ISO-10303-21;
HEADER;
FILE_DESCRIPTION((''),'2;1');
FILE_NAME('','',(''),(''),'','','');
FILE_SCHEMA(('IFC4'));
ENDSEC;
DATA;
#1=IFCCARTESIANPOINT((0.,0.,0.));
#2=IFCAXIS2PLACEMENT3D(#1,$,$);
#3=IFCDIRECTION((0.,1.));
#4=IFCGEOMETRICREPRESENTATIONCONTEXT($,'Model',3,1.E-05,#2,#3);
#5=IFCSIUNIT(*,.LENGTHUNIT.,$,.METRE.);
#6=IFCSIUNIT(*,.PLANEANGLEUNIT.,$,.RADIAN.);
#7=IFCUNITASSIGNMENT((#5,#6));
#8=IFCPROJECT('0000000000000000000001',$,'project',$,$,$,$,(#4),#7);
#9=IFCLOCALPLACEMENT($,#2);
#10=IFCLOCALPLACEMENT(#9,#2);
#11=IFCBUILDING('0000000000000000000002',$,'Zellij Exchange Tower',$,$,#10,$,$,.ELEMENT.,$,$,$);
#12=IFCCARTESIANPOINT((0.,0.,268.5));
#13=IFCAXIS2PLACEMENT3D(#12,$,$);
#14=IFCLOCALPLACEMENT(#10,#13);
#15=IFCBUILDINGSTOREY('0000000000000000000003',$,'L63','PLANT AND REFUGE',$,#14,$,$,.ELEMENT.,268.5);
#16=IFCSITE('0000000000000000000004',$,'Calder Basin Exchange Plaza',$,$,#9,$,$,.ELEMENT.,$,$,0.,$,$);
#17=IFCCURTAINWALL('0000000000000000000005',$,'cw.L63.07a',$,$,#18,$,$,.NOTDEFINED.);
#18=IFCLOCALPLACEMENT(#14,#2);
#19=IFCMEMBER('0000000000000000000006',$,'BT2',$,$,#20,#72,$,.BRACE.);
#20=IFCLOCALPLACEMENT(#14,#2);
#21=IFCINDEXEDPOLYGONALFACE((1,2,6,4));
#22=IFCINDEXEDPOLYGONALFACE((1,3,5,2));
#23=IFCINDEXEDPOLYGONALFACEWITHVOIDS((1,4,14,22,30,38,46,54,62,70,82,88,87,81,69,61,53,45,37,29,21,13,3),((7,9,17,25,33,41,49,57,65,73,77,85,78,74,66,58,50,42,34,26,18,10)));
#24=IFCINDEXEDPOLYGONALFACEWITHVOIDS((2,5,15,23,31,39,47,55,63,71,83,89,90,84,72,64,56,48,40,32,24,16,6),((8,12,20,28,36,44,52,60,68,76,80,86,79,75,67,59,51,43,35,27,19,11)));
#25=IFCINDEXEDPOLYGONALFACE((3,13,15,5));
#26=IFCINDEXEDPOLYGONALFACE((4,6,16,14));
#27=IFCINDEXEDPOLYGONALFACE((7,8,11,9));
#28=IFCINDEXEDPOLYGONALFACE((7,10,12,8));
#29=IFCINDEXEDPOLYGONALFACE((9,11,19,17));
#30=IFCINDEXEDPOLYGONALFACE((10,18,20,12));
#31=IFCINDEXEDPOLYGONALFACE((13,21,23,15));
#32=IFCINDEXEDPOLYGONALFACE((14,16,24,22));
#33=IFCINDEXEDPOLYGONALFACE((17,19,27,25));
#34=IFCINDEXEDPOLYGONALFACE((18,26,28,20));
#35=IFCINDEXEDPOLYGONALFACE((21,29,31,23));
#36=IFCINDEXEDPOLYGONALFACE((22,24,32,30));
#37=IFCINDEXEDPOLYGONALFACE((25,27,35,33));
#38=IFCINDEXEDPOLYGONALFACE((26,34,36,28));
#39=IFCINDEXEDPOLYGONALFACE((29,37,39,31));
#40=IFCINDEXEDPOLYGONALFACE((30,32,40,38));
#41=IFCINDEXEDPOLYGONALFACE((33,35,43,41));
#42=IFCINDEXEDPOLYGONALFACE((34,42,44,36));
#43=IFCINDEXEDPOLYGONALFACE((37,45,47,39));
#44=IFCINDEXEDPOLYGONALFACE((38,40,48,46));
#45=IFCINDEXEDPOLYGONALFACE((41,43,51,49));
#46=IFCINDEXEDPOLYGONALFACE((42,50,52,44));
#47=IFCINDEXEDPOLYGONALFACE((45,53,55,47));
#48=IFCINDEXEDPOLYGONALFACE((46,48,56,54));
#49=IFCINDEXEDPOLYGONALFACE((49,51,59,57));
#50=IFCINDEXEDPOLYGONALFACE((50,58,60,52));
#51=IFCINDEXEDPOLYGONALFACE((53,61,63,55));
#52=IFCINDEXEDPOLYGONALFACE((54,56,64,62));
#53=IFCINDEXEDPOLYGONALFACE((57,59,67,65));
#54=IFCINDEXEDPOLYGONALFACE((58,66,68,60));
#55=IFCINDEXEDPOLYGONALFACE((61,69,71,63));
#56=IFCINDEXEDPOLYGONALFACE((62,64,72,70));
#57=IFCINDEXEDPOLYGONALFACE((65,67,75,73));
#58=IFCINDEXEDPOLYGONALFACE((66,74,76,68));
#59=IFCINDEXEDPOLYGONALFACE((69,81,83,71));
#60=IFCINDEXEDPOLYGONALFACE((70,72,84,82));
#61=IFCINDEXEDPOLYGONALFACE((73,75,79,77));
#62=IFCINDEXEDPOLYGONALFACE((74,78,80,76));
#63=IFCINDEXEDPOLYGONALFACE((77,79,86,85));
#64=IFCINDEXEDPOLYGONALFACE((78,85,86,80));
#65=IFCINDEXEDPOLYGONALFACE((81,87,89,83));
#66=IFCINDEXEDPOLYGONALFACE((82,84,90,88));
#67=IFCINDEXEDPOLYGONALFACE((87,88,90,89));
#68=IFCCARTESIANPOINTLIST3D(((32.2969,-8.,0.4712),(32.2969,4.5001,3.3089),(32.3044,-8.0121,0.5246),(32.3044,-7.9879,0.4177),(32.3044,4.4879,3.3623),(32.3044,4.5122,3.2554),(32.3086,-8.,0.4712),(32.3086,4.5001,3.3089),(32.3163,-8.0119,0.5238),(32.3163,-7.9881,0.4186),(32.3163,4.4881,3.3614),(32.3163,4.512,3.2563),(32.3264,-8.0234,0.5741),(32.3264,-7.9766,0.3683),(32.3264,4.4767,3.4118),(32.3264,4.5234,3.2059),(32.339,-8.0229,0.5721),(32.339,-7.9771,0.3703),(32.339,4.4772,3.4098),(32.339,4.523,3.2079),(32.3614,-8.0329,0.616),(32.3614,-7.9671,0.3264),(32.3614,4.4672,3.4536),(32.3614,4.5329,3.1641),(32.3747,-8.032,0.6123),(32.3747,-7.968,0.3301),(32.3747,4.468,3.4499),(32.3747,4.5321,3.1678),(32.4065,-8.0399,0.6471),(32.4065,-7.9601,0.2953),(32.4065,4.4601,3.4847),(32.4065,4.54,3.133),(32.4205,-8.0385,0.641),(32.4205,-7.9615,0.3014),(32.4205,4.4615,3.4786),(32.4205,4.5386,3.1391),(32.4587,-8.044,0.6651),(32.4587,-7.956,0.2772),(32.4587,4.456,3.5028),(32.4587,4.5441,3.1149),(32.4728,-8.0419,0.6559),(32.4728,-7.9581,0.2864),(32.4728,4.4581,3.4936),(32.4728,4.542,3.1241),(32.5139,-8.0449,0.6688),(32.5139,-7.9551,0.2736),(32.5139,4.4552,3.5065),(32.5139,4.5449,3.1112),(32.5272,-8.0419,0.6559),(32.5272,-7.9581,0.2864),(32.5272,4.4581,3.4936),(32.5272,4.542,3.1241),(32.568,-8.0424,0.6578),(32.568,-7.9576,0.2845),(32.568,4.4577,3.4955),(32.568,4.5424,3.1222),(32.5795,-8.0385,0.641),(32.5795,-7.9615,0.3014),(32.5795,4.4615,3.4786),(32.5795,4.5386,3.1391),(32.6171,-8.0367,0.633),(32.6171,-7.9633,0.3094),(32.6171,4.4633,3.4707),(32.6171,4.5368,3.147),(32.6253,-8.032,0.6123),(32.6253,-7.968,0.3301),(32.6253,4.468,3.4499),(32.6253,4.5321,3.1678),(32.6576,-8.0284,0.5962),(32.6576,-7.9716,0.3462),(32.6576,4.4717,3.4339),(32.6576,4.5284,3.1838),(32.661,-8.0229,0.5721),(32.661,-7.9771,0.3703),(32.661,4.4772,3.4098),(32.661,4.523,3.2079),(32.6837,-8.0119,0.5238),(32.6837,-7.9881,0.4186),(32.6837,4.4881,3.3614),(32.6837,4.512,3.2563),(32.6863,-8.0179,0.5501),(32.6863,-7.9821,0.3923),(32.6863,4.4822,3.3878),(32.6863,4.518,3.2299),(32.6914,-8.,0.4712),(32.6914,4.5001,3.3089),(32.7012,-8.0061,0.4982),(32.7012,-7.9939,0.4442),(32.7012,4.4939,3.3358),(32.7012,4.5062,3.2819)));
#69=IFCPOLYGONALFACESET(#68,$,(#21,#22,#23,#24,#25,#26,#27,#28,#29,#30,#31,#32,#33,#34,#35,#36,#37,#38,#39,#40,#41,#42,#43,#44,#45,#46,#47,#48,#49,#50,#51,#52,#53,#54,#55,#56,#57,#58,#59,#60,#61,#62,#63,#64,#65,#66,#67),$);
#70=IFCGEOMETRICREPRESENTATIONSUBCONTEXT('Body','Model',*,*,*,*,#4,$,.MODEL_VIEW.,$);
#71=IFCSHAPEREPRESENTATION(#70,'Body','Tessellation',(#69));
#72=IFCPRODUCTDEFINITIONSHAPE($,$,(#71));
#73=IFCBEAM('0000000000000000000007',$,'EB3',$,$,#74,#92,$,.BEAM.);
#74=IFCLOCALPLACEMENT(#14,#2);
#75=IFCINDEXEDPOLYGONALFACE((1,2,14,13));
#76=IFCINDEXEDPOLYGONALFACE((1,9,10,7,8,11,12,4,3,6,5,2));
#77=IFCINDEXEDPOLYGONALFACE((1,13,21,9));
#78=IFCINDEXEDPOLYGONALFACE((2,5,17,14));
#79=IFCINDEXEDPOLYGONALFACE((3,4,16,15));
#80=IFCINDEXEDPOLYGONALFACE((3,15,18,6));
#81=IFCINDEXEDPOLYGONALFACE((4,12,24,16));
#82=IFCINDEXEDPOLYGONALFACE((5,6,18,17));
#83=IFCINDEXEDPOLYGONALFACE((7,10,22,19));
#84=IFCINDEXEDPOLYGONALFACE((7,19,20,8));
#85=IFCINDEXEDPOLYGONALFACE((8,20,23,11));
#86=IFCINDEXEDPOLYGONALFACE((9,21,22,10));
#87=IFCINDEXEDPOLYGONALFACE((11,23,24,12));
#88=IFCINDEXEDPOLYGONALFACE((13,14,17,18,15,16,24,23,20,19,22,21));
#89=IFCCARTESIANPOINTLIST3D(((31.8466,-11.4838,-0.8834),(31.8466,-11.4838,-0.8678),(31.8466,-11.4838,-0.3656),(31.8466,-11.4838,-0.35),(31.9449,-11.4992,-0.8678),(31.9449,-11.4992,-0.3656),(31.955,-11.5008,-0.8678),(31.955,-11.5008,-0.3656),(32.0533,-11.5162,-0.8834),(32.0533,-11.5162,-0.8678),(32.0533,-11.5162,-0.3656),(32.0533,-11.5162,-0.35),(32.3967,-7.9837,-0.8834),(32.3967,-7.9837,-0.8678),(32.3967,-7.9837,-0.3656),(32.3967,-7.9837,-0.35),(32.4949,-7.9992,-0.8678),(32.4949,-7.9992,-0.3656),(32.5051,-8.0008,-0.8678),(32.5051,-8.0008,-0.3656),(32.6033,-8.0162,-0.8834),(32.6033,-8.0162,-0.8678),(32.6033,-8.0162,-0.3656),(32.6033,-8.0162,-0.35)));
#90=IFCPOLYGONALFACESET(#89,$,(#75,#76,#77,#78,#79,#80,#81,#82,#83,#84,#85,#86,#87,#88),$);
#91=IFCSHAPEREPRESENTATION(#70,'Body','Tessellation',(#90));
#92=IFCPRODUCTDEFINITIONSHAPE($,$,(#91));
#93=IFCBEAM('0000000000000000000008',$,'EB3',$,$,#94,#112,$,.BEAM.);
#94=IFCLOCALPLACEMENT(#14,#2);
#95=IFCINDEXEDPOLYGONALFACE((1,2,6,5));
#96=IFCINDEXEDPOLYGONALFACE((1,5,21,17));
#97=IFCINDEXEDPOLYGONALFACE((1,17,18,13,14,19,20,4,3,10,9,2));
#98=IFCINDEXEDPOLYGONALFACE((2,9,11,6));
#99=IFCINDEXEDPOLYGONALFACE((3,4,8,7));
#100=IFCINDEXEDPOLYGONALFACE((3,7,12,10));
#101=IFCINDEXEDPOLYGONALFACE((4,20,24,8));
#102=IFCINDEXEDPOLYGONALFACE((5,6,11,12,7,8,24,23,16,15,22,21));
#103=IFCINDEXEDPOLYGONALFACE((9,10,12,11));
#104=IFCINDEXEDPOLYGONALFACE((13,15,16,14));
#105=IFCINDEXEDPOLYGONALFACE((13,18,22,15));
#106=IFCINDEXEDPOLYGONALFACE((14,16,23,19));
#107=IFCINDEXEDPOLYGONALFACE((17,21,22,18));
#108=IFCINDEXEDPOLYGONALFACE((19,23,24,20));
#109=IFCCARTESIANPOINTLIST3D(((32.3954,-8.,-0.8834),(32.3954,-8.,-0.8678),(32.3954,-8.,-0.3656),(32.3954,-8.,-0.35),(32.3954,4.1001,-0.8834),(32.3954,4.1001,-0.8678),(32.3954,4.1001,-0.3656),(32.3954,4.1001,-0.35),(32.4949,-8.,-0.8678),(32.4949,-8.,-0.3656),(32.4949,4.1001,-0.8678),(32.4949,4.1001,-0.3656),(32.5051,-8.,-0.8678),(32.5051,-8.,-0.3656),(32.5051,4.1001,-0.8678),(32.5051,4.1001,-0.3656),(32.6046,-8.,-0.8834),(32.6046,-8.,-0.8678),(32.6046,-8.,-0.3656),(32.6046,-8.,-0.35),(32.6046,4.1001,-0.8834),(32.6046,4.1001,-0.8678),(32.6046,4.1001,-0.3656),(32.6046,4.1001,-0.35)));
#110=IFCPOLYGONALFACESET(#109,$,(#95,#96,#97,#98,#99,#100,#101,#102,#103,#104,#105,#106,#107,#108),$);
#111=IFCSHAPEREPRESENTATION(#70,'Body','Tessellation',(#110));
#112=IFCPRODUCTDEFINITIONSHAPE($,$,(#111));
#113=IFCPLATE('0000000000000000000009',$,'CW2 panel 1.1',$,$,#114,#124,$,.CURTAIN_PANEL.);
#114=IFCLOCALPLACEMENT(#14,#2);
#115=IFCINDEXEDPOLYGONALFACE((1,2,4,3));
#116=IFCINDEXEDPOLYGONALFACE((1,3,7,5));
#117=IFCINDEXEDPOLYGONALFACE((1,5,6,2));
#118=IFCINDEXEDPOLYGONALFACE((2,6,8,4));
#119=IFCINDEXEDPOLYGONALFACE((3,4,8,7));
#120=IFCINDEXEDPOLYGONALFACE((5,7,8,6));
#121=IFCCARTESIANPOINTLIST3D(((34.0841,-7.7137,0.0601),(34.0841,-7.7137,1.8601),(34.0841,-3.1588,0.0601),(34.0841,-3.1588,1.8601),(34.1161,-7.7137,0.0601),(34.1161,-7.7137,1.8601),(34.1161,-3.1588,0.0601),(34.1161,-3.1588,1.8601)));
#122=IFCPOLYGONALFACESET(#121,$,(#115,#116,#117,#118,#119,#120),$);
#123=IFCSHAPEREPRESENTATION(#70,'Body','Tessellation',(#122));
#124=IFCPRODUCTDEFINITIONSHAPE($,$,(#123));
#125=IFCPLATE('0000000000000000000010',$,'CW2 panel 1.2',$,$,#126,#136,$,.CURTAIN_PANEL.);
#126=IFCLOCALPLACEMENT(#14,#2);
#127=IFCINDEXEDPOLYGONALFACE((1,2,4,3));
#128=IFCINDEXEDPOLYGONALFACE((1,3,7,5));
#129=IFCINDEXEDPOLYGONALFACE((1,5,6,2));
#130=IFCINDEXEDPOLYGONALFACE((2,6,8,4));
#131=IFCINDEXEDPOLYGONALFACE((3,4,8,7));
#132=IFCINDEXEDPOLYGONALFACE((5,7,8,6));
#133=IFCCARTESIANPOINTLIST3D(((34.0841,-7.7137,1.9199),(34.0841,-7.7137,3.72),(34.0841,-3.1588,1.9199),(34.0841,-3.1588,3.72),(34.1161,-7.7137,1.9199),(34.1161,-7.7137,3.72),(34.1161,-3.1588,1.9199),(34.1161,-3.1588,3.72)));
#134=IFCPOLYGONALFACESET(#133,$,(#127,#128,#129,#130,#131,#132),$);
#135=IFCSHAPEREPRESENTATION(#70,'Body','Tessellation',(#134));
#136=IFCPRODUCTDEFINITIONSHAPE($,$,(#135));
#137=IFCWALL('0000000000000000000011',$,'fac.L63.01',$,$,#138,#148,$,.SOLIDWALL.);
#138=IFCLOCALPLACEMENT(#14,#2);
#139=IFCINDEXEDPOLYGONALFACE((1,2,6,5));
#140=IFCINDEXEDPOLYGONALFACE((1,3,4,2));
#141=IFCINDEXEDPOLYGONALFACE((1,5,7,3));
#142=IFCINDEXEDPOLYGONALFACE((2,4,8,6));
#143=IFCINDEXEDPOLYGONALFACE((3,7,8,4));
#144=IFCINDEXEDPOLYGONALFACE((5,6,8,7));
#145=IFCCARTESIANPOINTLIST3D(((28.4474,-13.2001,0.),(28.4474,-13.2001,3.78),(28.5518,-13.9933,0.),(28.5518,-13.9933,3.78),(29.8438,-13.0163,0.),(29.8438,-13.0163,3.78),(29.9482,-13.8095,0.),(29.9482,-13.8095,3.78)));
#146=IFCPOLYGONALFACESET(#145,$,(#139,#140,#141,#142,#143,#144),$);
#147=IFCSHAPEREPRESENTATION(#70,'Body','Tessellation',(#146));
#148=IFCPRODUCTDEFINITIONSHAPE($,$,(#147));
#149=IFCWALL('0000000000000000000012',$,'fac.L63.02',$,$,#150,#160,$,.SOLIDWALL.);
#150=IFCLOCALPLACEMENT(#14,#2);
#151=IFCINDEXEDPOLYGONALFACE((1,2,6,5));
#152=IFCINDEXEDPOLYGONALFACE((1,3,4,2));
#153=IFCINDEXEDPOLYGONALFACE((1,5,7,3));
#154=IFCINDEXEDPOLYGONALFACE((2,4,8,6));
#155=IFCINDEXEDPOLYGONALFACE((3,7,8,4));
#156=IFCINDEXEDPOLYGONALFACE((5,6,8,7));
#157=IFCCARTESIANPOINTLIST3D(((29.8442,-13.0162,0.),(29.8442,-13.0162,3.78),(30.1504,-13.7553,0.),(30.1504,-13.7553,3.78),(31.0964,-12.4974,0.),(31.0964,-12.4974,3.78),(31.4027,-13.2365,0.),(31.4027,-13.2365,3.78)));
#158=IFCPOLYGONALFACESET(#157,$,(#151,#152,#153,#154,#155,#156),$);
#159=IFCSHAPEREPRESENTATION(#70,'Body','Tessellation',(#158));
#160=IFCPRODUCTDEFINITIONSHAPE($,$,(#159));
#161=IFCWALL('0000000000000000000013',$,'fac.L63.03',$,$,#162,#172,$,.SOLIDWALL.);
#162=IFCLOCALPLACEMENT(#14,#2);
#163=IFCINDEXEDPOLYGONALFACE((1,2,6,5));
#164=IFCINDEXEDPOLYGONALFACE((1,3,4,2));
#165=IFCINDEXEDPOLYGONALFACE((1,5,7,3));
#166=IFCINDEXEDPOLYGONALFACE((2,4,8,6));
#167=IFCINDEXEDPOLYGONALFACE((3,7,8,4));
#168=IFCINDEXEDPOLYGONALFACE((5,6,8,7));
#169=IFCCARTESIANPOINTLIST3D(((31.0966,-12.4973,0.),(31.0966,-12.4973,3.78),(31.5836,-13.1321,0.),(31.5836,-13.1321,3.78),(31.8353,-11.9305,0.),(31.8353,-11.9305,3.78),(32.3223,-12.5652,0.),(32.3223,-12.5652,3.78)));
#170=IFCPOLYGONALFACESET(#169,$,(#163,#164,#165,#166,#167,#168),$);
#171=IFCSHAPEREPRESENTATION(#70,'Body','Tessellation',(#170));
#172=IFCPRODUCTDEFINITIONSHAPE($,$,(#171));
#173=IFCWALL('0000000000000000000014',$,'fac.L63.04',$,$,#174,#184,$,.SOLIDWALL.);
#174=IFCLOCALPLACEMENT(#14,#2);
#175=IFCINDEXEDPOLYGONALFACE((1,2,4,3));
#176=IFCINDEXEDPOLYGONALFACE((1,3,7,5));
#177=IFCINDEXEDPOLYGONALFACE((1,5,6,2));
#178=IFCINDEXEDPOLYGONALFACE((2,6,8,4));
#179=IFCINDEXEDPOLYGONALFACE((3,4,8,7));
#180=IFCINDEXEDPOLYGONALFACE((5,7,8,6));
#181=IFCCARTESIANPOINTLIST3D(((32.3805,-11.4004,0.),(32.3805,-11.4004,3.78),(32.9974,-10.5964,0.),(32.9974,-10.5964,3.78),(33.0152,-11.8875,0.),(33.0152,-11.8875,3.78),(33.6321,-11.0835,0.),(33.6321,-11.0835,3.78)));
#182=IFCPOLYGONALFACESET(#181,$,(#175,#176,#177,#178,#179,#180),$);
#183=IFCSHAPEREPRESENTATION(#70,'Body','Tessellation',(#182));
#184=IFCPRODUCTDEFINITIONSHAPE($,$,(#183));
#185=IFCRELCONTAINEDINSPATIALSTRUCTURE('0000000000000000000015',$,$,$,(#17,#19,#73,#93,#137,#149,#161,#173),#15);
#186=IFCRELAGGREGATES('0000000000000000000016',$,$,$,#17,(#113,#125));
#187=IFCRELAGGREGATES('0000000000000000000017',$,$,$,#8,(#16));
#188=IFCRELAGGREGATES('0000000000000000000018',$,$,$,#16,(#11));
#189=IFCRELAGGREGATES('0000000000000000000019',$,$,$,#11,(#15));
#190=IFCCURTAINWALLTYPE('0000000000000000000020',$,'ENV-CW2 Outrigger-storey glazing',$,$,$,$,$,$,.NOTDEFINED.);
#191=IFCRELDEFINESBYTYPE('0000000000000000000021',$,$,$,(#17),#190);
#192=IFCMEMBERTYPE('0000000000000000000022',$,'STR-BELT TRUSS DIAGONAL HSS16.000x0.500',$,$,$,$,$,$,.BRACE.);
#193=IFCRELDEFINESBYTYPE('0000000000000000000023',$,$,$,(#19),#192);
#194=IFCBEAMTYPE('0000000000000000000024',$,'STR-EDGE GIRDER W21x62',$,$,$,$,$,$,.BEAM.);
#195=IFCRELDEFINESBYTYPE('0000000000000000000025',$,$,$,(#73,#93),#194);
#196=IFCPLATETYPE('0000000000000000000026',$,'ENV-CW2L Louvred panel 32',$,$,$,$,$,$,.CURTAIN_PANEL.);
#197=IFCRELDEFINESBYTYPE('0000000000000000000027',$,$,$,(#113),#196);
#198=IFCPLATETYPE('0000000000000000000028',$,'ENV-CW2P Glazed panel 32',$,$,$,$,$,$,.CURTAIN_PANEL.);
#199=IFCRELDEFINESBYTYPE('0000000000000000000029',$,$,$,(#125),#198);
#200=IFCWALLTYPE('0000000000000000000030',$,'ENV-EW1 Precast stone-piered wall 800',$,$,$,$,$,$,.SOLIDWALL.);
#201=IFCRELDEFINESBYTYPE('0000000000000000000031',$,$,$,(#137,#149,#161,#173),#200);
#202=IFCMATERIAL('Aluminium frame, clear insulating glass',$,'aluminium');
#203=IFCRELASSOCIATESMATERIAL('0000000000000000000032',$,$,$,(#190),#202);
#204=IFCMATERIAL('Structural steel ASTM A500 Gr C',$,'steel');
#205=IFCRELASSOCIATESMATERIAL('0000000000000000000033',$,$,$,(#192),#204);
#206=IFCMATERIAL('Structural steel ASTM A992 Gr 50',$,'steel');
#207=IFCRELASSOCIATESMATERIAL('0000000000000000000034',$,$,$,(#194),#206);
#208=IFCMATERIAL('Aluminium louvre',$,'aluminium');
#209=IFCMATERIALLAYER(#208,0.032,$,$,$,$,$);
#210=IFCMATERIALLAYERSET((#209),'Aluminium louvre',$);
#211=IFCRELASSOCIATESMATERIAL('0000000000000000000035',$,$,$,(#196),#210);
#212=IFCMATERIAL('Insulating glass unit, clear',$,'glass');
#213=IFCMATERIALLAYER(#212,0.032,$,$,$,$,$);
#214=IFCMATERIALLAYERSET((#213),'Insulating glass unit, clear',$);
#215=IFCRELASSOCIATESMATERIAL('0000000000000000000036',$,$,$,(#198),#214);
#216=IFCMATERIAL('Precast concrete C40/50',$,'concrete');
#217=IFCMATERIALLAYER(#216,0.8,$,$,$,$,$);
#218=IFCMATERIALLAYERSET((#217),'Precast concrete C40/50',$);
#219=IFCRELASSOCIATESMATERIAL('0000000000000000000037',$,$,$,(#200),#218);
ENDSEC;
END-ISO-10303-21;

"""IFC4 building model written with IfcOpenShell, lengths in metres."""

from ifc_helpers import new_model, si_unit, direction, frame, frame_2d, origin, origin_2d, place, context, subcontext, project, spatial, rectangle, hollow_circle, i_section, extrude, material, layer, layer_set, material_profile, profile_set, type_object, element, aggregate, save


model = new_model("IFC4")

# Units and contexts
model_context = context("Model", 3, precision=1e-05, world=origin(), true_north=direction((0.0, 1.0)))
body_context = subcontext(model_context, "Body", "Model", "MODEL_VIEW")
ifc_project = project(units=[si_unit("LENGTHUNIT", "METRE"), si_unit("PLANEANGLEUNIT", "RADIAN")], contexts=[model_context])

# Site, building, storey
site_placement = place(None, origin())
site = spatial("IfcSite", under=ifc_project, at=site_placement, Name="Calder Basin Exchange Plaza", CompositionType="ELEMENT", RefElevation=0.0)
building_placement = place(site_placement, origin())
building = spatial("IfcBuilding", under=site, at=building_placement, Name="Zellij Exchange Tower", CompositionType="ELEMENT")
storey_placement = place(building_placement, frame((0.0, 0.0, 268.5)))
storey = spatial("IfcBuildingStorey", under=building, at=storey_placement, Name="L63", Description="PLANT AND REFUGE", CompositionType="ELEMENT", Elevation=268.5)

# Curtain wall
ifc_material_1 = material(Name="Aluminium frame, clear insulating glass", Category="aluminium")
curtain_wall_type = type_object("IfcCurtainWallType", Name="ENV-CW2 Outrigger-storey glazing", PredefinedType="NOTDEFINED", material=ifc_material_1)
curtain_wall_placement = place(storey_placement, origin())
curtain_wall = element("IfcCurtainWall", 1, at=curtain_wall_placement, inside=storey, type_object=curtain_wall_type, Name="cw.L63.07a", PredefinedType="NOTDEFINED")

# Member
ifc_material_2 = material(Name="Structural steel ASTM A992 Gr 50", Category="steel")
ifc_material_3 = material(Name="Structural steel ASTM A500 Gr C", Category="steel")
ifc_material_profile_1 = material_profile(ifc_material_3, hollow_circle(Radius=0.2031, WallThickness=0.0117, at=origin_2d()), Name="STR-BELT TRUSS DIAGONAL HSS16.000x0.500")
ifc_profile_set_1 = profile_set([ifc_material_profile_1], Name="Structural steel ASTM A500 Gr C")
member_type_1 = type_object("IfcMemberType", Name="STR-BELT TRUSS DIAGONAL HSS16.000x0.500", PredefinedType="BRACE", material=ifc_profile_set_1)
member_1_placement = place(storey_placement, frame((32.5, -8.0, 0.4712), z_axis=(0.0, 0.975188, 0.221379), x_axis=(-1.0, 0.0, 0.0)))
element("IfcMember", 2, at=member_1_placement, inside=storey, type_object=member_type_1, Name="BT2", PredefinedType="BRACE", context=body_context, shape_type="SweptSolid", body=[
    extrude(hollow_circle(Radius=0.2031, WallThickness=0.0117, at=origin_2d()), origin(), (0.0, 0.0, 1.0), 12.8181),
])

# Beams
ifc_material_profile_2 = material_profile(ifc_material_2, i_section(OverallWidth=0.2092, OverallDepth=0.5334, WebThickness=0.0103, FlangeThickness=0.0156, at=origin_2d()), Name="W21x62")
ifc_profile_set_2 = profile_set([ifc_material_profile_2], Name="Structural steel ASTM A992 Gr 50")
beam_type = type_object("IfcBeamType", Name="STR-EDGE GIRDER W21x62", PredefinedType="BEAM", material=ifc_profile_set_2)
beam_1_placement = place(storey_placement, frame((31.95, -11.5, -0.6167), z_axis=(0.155251, 0.987875, 0.0), x_axis=(-0.987875, 0.155251, 0.0)))
element("IfcBeam", 3, at=beam_1_placement, inside=storey, type_object=beam_type, Name="EB3", PredefinedType="BEAM", context=body_context, shape_type="SweptSolid", body=[
    extrude(i_section(OverallWidth=0.2092, OverallDepth=0.5334, WebThickness=0.0103, FlangeThickness=0.0156, at=origin_2d()), origin(), (0.0, 0.0, 1.0), 3.543),
])
beam_2_placement = place(storey_placement, frame((32.5, -8.0, -0.6167), z_axis=(0.0, 1.0, 0.0), x_axis=(-1.0, 0.0, 0.0)))
element("IfcBeam", 4, at=beam_2_placement, inside=storey, type_object=beam_type, Name="EB3", PredefinedType="BEAM", context=body_context, shape_type="SweptSolid", body=[
    extrude(i_section(OverallWidth=0.2092, OverallDepth=0.5334, WebThickness=0.0103, FlangeThickness=0.0156, at=origin_2d()), origin(), (0.0, 0.0, 1.0), 12.1001),
])

# Plates
ifc_material_4 = material(Name="Aluminium louvre", Category="aluminium")
ifc_layer_1 = layer(ifc_material_4, 0.032)
ifc_layer_set_1 = layer_set([ifc_layer_1], Name="Aluminium louvre")
plate_type_1 = type_object("IfcPlateType", Name="ENV-CW2L Louvred panel 32", PredefinedType="CURTAIN_PANEL", material=ifc_layer_set_1)
plate_1_placement = place(storey_placement, frame((34.1001, -5.4363, 0.0601), z_axis=(0.0, 0.0, 1.0), x_axis=(0.0, 1.0, 0.0)))
plate_1 = element("IfcPlate", 5, at=plate_1_placement, type_object=plate_type_1, Name="CW2 panel 1.1", PredefinedType="CURTAIN_PANEL", context=body_context, shape_type="SweptSolid", body=[
    extrude(rectangle(XDim=4.5549, YDim=0.032, at=origin_2d()), origin(), (0.0, 0.0, 1.0), 1.8),
])
ifc_material_5 = material(Name="Insulating glass unit, clear", Category="glass")
ifc_layer_2 = layer(ifc_material_5, 0.032)
ifc_layer_set_2 = layer_set([ifc_layer_2], Name="Insulating glass unit, clear")
plate_type_2 = type_object("IfcPlateType", Name="ENV-CW2P Glazed panel 32", PredefinedType="CURTAIN_PANEL", material=ifc_layer_set_2)
plate_2_placement = place(storey_placement, frame((34.1001, -5.4363, 1.9199), z_axis=(0.0, 0.0, 1.0), x_axis=(0.0, 1.0, 0.0)))
plate_2 = element("IfcPlate", 6, at=plate_2_placement, type_object=plate_type_2, Name="CW2 panel 1.2", PredefinedType="CURTAIN_PANEL", context=body_context, shape_type="SweptSolid", body=[
    extrude(rectangle(XDim=4.5549, YDim=0.032, at=origin_2d()), origin(), (0.0, 0.0, 1.0), 1.8),
])
aggregate(curtain_wall, [plate_1, plate_2])

# Walls
ifc_material_6 = material(Name="Precast concrete C40/50", Category="concrete")
ifc_layer_3 = layer(ifc_material_6, 0.8)
ifc_layer_set_3 = layer_set([ifc_layer_3], Name="Precast concrete C40/50")
wall_type_1 = type_object("IfcWallType", Name="ENV-EW1 Precast stone-piered wall 800", PredefinedType="SOLIDWALL", material=ifc_layer_set_3)
wall_1_placement = place(storey_placement, frame((28.4998, -13.5967, 0.0), z_axis=(0.0, 0.0, 1.0), x_axis=(0.991446, 0.130517, 0.0)))
element("IfcWall", 7, at=wall_1_placement, inside=storey, type_object=wall_type_1, Name="fac.L63.01", PredefinedType="SOLIDWALL", context=body_context, shape_type="SweptSolid", body=[
    extrude(rectangle(XDim=1.4084, YDim=0.8, at=frame_2d((0.7041, 0.0))), origin(), (0.0, 0.0, 1.0), 3.78),
])
wall_2_placement = place(storey_placement, frame((29.9973, -13.3857, 0.0), z_axis=(0.0, 0.0, 1.0), x_axis=(0.923848, 0.38276, 0.0)))
element("IfcWall", 8, at=wall_2_placement, inside=storey, type_object=wall_type_1, Name="fac.L63.02", PredefinedType="SOLIDWALL", context=body_context, shape_type="SweptSolid", body=[
    extrude(rectangle(XDim=1.3555, YDim=0.8, at=frame_2d((0.6777, 0.0))), origin(), (0.0, 0.0, 1.0), 3.78),
])
wall_3_placement = place(storey_placement, frame((31.3401, -12.8147, 0.0), z_axis=(0.0, 0.0, 1.0), x_axis=(0.793345, 0.608773, 0.0)))
element("IfcWall", 9, at=wall_3_placement, inside=storey, type_object=wall_type_1, Name="fac.L63.03", PredefinedType="SOLIDWALL", context=body_context, shape_type="SweptSolid", body=[
    extrude(rectangle(XDim=0.9312, YDim=0.8, at=frame_2d((0.4656, 0.0))), origin(), (0.0, 0.0, 1.0), 3.78),
])
wall_4_placement = place(storey_placement, frame((32.6978, -11.644, 0.0), z_axis=(0.0, 0.0, 1.0), x_axis=(0.608791, 0.793331, 0.0)))
element("IfcWall", 10, at=wall_4_placement, inside=storey, type_object=wall_type_1, Name="fac.L63.04", PredefinedType="SOLIDWALL", context=body_context, shape_type="SweptSolid", body=[
    extrude(rectangle(XDim=1.0134, YDim=0.8, at=frame_2d((0.5068, 0.0))), origin(), (0.0, 0.0, 1.0), 3.78),
])

save(model, "model.ifc")
